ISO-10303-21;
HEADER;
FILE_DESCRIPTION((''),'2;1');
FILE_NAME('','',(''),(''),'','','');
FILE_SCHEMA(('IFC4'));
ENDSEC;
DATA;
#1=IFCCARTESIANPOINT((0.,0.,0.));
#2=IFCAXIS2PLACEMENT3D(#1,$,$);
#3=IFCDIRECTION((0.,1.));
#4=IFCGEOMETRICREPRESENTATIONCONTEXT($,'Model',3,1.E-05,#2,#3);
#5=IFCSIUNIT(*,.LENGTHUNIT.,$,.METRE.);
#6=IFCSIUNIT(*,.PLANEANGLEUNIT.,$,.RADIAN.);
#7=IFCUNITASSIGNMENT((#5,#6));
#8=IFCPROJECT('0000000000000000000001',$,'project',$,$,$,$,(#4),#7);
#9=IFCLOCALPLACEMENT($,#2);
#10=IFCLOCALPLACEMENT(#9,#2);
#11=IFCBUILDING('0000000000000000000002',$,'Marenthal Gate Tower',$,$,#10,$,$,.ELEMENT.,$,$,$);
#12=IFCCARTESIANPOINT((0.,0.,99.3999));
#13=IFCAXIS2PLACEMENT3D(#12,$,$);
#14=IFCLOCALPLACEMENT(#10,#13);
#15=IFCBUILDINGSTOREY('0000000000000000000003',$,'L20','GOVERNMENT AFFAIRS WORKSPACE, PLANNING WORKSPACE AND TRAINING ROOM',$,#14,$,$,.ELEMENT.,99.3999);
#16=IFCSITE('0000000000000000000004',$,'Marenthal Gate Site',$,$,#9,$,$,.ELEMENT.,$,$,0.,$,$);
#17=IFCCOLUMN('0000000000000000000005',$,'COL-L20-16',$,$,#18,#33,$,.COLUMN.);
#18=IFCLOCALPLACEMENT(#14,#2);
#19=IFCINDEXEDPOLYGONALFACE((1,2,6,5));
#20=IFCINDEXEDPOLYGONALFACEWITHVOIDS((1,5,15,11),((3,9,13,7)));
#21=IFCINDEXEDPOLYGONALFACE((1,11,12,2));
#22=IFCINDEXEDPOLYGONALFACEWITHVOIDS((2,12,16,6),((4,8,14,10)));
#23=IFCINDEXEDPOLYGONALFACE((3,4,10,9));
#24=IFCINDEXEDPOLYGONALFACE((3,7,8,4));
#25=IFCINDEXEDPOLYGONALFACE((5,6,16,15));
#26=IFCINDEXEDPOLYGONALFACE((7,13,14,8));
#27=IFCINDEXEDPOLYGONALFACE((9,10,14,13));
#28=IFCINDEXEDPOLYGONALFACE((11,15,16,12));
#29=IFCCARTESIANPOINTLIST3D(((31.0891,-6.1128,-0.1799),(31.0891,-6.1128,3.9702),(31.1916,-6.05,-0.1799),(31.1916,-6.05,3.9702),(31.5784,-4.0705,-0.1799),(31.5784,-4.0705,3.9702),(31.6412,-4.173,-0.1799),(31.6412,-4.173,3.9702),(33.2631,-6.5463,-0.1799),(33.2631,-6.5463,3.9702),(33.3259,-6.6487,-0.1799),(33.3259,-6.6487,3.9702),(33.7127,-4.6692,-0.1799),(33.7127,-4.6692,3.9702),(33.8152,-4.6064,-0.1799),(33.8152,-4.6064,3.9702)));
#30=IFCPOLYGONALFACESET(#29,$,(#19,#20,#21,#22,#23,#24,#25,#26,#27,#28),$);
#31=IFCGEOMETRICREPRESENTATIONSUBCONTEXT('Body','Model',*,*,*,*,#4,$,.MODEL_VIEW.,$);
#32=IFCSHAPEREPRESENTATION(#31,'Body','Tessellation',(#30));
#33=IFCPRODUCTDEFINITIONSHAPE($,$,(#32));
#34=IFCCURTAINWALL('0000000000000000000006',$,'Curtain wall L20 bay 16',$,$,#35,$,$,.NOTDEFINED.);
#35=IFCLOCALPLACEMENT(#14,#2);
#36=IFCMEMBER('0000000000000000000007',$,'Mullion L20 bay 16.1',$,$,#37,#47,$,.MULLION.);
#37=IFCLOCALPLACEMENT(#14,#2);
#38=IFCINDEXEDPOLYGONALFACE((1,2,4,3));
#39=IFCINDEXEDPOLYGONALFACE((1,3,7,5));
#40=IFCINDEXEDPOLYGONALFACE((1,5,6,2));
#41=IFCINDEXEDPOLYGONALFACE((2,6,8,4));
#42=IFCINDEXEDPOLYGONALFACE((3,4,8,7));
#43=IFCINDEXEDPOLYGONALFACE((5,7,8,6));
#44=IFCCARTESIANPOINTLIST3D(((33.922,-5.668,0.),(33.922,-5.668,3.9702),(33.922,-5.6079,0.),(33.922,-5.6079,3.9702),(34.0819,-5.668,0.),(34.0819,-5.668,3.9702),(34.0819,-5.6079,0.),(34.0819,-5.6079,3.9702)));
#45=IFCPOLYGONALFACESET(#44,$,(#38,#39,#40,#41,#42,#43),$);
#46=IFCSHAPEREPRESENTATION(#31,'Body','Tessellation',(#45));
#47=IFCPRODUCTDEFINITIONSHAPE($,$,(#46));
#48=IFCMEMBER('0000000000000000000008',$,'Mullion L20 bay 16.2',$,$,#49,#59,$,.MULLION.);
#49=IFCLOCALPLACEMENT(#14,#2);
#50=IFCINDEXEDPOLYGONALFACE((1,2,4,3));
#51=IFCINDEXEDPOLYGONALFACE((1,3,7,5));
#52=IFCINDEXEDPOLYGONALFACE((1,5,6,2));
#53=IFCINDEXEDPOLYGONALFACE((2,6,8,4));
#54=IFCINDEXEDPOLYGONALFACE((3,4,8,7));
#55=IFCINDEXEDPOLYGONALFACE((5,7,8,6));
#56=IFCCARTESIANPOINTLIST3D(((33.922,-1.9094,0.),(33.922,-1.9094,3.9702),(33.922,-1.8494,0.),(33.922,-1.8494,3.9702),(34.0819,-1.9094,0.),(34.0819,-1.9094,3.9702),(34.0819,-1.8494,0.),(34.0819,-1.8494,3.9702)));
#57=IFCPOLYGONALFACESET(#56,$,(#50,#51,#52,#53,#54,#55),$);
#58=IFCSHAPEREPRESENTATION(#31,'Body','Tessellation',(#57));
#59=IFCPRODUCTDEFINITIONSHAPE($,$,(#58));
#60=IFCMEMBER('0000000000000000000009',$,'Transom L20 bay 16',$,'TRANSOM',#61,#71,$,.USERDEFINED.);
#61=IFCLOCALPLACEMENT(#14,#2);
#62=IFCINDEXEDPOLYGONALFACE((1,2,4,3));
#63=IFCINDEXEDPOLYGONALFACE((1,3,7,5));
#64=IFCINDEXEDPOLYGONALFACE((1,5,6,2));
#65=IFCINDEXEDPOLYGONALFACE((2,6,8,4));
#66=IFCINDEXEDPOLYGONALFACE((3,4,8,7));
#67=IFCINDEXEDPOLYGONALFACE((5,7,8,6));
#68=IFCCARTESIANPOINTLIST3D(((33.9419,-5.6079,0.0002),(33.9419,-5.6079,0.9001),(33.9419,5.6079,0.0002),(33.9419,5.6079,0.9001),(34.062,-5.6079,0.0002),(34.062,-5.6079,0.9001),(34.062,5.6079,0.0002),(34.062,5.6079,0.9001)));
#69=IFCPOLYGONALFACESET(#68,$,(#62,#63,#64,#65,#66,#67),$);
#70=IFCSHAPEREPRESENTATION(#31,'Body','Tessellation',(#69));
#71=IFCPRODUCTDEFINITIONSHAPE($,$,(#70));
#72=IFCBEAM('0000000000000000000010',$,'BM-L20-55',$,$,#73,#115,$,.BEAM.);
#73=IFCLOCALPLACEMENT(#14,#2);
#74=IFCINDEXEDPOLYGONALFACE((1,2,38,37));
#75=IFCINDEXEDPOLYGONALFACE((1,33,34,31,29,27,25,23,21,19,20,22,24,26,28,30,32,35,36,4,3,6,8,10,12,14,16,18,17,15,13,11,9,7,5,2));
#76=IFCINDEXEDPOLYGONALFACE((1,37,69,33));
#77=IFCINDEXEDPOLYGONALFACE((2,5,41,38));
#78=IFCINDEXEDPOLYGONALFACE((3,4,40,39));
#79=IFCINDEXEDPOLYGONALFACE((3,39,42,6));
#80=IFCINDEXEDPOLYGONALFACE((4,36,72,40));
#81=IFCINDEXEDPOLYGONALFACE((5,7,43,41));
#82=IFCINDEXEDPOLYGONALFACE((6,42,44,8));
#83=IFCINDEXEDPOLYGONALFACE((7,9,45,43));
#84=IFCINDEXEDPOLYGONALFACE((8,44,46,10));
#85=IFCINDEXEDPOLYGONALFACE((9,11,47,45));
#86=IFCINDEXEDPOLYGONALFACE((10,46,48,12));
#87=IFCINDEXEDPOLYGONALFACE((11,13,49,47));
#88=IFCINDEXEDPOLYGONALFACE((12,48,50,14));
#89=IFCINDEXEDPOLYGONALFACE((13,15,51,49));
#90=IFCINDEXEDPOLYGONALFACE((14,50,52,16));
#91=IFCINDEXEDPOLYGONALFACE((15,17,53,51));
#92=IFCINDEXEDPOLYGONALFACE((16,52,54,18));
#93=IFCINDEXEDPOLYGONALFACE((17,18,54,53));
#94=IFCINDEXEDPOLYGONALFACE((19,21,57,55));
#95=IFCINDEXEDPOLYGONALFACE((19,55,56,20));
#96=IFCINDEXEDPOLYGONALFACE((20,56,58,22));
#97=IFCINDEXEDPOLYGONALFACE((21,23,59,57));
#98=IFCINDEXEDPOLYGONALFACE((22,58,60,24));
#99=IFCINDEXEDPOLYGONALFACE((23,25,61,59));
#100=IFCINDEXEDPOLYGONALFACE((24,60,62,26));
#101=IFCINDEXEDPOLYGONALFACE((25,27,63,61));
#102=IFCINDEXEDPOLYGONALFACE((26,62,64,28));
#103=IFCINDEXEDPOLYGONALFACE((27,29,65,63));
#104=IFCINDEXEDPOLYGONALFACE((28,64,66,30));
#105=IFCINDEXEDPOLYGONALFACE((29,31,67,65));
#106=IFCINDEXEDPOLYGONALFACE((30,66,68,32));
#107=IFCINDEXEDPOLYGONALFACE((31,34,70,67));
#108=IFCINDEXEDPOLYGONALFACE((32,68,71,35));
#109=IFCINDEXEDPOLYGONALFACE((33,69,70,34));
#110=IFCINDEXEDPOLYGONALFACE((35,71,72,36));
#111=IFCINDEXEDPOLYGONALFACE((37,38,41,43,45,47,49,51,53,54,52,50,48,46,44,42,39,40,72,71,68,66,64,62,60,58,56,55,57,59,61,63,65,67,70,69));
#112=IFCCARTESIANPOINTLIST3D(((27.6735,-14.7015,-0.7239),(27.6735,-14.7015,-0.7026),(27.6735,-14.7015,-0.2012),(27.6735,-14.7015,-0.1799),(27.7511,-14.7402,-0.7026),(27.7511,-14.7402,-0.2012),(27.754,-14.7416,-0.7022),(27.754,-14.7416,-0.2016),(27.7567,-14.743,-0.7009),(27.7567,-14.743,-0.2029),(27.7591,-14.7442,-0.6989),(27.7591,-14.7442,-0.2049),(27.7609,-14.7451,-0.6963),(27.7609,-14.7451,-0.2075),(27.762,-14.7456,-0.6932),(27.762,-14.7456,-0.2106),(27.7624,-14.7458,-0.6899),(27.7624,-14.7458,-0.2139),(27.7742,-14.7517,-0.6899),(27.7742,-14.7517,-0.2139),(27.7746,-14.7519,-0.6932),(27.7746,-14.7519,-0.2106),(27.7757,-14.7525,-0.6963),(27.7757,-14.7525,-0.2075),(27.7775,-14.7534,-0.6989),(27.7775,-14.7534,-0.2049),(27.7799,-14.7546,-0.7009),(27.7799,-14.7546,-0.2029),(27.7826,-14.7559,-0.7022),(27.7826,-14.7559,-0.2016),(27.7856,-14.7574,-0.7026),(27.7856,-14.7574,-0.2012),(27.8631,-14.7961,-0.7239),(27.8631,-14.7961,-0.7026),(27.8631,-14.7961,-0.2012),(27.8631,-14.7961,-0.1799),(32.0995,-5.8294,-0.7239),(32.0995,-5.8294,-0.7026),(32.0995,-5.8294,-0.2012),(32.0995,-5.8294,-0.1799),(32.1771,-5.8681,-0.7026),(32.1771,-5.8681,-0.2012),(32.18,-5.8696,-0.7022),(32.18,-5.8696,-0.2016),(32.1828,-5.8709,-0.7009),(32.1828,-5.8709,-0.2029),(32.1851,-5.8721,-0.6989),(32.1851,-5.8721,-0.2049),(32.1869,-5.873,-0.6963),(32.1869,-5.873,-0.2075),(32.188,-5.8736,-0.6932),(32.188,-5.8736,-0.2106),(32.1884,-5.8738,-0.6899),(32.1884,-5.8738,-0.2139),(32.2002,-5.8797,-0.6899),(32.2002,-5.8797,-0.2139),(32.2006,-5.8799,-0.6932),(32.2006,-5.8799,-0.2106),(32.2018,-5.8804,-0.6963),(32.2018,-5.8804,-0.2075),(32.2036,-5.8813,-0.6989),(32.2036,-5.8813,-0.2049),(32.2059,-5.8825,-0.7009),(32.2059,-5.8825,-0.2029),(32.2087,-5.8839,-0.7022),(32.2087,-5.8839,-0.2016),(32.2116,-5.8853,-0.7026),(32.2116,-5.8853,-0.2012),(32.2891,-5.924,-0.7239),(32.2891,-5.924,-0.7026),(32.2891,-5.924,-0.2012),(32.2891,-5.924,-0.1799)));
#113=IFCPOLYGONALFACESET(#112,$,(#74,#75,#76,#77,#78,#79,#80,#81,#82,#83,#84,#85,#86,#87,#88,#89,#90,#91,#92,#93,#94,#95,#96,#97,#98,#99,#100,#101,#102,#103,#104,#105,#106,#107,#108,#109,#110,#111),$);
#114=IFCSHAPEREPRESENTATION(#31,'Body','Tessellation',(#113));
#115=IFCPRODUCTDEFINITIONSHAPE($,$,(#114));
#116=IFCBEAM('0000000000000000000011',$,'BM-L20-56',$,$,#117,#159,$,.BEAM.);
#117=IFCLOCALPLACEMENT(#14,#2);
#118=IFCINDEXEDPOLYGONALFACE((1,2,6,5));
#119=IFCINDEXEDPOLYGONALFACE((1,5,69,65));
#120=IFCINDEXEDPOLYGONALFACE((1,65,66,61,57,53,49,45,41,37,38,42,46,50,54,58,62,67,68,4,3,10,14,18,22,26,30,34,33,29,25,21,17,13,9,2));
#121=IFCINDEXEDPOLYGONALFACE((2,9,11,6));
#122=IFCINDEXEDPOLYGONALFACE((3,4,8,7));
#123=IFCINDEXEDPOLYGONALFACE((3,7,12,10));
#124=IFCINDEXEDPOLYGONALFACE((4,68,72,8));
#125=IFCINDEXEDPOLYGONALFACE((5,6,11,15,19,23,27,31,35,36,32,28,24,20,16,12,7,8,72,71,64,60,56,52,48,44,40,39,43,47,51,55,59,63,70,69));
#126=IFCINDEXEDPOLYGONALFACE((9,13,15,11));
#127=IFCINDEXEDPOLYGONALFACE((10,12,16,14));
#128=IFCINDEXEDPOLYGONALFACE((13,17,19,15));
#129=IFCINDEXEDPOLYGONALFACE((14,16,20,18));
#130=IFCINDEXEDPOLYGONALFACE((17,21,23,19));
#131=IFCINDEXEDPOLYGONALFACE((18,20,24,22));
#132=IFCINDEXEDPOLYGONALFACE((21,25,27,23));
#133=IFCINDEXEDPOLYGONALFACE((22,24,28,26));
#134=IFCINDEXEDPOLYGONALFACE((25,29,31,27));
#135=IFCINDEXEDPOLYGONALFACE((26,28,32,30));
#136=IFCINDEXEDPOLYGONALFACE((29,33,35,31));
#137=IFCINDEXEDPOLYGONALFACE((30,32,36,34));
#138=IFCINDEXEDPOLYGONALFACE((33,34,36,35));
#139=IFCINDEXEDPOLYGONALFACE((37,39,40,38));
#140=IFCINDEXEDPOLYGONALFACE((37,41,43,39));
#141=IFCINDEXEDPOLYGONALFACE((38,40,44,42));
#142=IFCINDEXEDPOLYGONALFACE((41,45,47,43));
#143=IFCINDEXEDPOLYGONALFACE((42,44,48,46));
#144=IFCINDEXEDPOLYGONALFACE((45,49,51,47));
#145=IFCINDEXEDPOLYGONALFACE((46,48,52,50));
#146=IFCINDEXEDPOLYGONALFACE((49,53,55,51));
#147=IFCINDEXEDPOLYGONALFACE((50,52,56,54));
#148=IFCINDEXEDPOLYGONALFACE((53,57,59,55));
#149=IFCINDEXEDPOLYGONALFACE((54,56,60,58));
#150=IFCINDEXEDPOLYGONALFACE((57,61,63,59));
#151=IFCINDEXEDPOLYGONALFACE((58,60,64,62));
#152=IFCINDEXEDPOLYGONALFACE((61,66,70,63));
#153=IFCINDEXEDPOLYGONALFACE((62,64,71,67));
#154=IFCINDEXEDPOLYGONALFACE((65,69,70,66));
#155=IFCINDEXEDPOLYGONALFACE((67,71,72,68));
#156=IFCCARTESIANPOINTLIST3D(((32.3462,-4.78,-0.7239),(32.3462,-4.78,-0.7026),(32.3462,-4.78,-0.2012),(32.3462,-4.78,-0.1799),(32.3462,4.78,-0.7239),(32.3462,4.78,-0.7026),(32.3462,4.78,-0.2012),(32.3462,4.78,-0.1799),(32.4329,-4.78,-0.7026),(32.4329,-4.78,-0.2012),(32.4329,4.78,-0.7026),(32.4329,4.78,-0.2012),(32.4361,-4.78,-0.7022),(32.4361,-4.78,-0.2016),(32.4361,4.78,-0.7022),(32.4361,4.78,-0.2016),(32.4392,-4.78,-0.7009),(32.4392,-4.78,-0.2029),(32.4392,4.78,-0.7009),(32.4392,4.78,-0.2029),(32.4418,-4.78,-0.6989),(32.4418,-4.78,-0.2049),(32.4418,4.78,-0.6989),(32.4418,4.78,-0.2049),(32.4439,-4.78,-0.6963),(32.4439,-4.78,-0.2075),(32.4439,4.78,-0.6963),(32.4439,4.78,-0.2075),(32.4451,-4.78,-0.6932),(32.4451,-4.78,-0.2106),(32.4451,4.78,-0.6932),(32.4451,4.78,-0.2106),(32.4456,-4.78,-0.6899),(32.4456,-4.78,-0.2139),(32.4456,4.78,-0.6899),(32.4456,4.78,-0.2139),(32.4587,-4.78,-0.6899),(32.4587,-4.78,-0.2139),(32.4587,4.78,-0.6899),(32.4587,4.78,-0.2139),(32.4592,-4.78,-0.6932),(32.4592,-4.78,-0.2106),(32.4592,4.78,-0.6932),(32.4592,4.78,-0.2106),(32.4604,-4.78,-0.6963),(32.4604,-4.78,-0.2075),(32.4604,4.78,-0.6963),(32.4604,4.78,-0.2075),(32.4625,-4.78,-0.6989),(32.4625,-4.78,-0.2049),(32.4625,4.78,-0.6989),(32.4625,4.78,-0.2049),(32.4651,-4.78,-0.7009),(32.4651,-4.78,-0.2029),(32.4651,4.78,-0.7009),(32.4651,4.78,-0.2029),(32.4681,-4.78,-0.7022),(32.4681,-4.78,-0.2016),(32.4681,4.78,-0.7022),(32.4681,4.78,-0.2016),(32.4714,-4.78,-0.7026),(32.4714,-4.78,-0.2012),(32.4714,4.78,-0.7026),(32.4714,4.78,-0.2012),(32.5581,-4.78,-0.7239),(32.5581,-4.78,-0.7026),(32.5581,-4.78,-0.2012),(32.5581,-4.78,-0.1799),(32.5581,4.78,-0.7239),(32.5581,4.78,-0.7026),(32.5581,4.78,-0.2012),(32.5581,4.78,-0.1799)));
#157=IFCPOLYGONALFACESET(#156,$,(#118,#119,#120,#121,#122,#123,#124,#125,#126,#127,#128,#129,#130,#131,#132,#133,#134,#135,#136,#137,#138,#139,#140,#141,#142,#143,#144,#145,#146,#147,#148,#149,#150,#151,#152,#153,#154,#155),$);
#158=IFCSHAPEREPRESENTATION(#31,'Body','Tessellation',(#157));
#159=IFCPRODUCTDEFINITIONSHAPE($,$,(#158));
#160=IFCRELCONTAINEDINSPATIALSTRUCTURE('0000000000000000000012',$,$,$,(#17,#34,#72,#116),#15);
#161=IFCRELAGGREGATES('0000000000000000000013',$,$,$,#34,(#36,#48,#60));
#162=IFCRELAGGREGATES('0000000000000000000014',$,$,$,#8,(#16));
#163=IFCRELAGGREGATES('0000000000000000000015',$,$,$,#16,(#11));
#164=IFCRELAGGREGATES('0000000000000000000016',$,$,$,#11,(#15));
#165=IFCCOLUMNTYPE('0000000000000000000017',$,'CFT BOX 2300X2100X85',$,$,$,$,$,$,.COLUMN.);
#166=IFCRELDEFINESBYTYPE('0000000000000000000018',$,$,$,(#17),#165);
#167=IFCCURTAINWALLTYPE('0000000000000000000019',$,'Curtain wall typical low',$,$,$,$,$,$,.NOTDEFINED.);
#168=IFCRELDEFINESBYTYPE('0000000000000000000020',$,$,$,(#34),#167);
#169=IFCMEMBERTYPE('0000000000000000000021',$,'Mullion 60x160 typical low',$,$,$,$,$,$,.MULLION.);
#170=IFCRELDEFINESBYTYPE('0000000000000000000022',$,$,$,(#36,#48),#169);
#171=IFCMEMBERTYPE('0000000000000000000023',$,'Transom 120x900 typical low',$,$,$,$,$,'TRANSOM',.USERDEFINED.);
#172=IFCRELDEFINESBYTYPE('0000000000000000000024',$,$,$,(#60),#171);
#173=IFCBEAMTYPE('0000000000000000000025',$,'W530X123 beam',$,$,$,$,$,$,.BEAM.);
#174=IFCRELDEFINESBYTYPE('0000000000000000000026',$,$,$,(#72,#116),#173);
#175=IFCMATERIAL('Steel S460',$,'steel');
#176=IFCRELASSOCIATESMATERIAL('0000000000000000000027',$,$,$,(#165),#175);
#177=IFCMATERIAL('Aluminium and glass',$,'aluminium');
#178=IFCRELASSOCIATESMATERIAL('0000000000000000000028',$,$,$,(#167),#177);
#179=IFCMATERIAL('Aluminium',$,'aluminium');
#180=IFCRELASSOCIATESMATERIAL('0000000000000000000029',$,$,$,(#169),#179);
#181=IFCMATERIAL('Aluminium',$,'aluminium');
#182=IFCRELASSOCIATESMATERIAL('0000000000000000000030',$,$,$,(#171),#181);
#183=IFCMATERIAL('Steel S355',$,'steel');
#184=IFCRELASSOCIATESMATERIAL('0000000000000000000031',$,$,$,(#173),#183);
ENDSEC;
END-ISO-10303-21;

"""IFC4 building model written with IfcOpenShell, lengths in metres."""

from ifc_helpers import new_model, si_unit, direction, frame, origin, origin_2d, place, context, subcontext, project, spatial, rectangle, hollow_rectangle, i_section, extrude, material, material_profile, profile_set, type_object, element, aggregate, save


model = new_model("IFC4")

# Units and contexts
model_context = context("Model", 3, precision=1e-05, world=origin(), true_north=direction((0.0, 1.0)))
body_context = subcontext(model_context, "Body", "Model", "MODEL_VIEW")
ifc_project = project(units=[si_unit("LENGTHUNIT", "METRE"), si_unit("PLANEANGLEUNIT", "RADIAN")], contexts=[model_context])

# Site, building, storey
site_placement = place(None, origin())
site = spatial("IfcSite", under=ifc_project, at=site_placement, Name="Marenthal Gate Site", CompositionType="ELEMENT", RefElevation=0.0)
building_placement = place(site_placement, origin())
building = spatial("IfcBuilding", under=site, at=building_placement, Name="Marenthal Gate Tower", CompositionType="ELEMENT")
storey_placement = place(building_placement, frame((0.0, 0.0, 99.3999)))
storey = spatial("IfcBuildingStorey", under=building, at=storey_placement, Name="L20", Description="GOVERNMENT AFFAIRS WORKSPACE, PLANNING WORKSPACE AND TRAINING ROOM", CompositionType="ELEMENT", Elevation=99.3999)

# Column
ifc_material_1 = material(Name="Steel S460", Category="steel")
ifc_material_profile_1 = material_profile(ifc_material_1, hollow_rectangle(XDim=2.1001, YDim=2.3, WallThickness=0.085, at=origin_2d()), Name="CFT BOX 2300X2100X85")
ifc_material_2 = material(Name="Concrete 70 MPa", Category="concrete")
ifc_material_profile_2 = material_profile(ifc_material_2, rectangle(XDim=1.9299, YDim=2.1299, at=origin_2d()), Name="CFT BOX 2300X2100X85 INFILL")
ifc_profile_set_1 = profile_set([ifc_material_profile_1, ifc_material_profile_2], Name="Steel S460 shell, Concrete 70 MPa infill")
column_type = type_object("IfcColumnType", Name="CFT BOX 2300X2100X85", PredefinedType="COLUMN", material=ifc_profile_set_1)
column_placement = place(storey_placement, frame((32.4521, -5.3596, -0.1799), z_axis=(0.0, 0.0, 1.0), x_axis=(-0.232974, -0.972483, 0.0)))
element("IfcColumn", 1, at=column_placement, inside=storey, type_object=column_type, Name="COL-L20-16", PredefinedType="COLUMN", context=body_context, shape_type="SweptSolid", body=[
    extrude(hollow_rectangle(XDim=2.1001, YDim=2.3, WallThickness=0.085, at=origin_2d()), origin(), (0.0, 0.0, 1.0), 4.1501),
])

# Curtain wall, members
ifc_material_3 = material(Name="Aluminium and glass", Category="aluminium")
curtain_wall_type = type_object("IfcCurtainWallType", Name="Curtain wall typical low", PredefinedType="NOTDEFINED", material=ifc_material_3)
curtain_wall_placement = place(storey_placement, origin())
curtain_wall = element("IfcCurtainWall", 2, at=curtain_wall_placement, inside=storey, type_object=curtain_wall_type, Name="Curtain wall L20 bay 16", PredefinedType="NOTDEFINED")
ifc_material_4 = material(Name="Aluminium", Category="aluminium")
ifc_material_profile_3 = material_profile(ifc_material_4, rectangle(XDim=0.1599, YDim=0.0601, at=origin_2d()), Name="60x160 aluminium mullion")
ifc_profile_set_2 = profile_set([ifc_material_profile_3], Name="Aluminium")
member_type_1 = type_object("IfcMemberType", Name="Mullion 60x160 typical low", PredefinedType="MULLION", material=ifc_profile_set_2)
member_1_placement = place(storey_placement, frame((34.002, -5.6379, 0.0), z_axis=(0.0, 0.0, 1.0), x_axis=(-1.0, 0.0, 0.0)))
member_1 = element("IfcMember", 3, at=member_1_placement, type_object=member_type_1, Name="Mullion L20 bay 16.1", PredefinedType="MULLION", context=body_context, shape_type="SweptSolid", body=[
    extrude(rectangle(XDim=0.1599, YDim=0.0601, at=origin_2d()), origin(), (0.0, 0.0, 1.0), 3.9702),
])
member_2_placement = place(storey_placement, frame((34.002, -1.8794, 0.0), z_axis=(0.0, 0.0, 1.0), x_axis=(-1.0, 0.0, 0.0)))
member_2 = element("IfcMember", 4, at=member_2_placement, type_object=member_type_1, Name="Mullion L20 bay 16.2", PredefinedType="MULLION", context=body_context, shape_type="SweptSolid", body=[
    extrude(rectangle(XDim=0.1599, YDim=0.0601, at=origin_2d()), origin(), (0.0, 0.0, 1.0), 3.9702),
])
ifc_material_5 = material(Name="Aluminium", Category="aluminium")
ifc_material_profile_4 = material_profile(ifc_material_5, rectangle(XDim=0.1201, YDim=0.8999, at=origin_2d()), Name="120x900 aluminium transom")
ifc_profile_set_3 = profile_set([ifc_material_profile_4], Name="Aluminium")
member_type_2 = type_object("IfcMemberType", Name="Transom 120x900 typical low", ElementType="TRANSOM", PredefinedType="USERDEFINED", material=ifc_profile_set_3)
member_3_placement = place(storey_placement, frame((34.002, -5.6079, 0.4502), z_axis=(0.0, 1.0, 0.0), x_axis=(-1.0, 0.0, 0.0)))
member_3 = element("IfcMember", 5, at=member_3_placement, type_object=member_type_2, Name="Transom L20 bay 16", ObjectType="TRANSOM", PredefinedType="USERDEFINED", context=body_context, shape_type="SweptSolid", body=[
    extrude(rectangle(XDim=0.1201, YDim=0.8999, at=origin_2d()), origin(), (0.0, 0.0, 1.0), 11.2158),
])

# Beams
ifc_material_6 = material(Name="Steel S355", Category="steel")
ifc_material_profile_5 = material_profile(ifc_material_6, i_section(OverallWidth=0.2119, OverallDepth=0.5439, WebThickness=0.0132, FlangeThickness=0.0212, FilletRadius=0.0127, at=origin_2d()), Name="W530X123")
ifc_profile_set_4 = profile_set([ifc_material_profile_5], Name="Steel S355")
beam_type_1 = type_object("IfcBeamType", Name="W530X123 beam", PredefinedType="BEAM", material=ifc_profile_set_4)
beam_1_placement = place(storey_placement, frame((27.7683, -14.7488, -0.4519), z_axis=(0.446406, 0.894831, 0.0), x_axis=(-0.894831, 0.446406, 0.0)))
element("IfcBeam", 6, at=beam_1_placement, inside=storey, type_object=beam_type_1, Name="BM-L20-55", PredefinedType="BEAM", context=body_context, shape_type="SweptSolid", body=[
    extrude(i_section(OverallWidth=0.2119, OverallDepth=0.5439, WebThickness=0.0132, FlangeThickness=0.0212, FilletRadius=0.0127, at=origin_2d()), origin(), (0.0, 0.0, 1.0), 9.9148),
])
beam_2_placement = place(storey_placement, frame((32.4521, -4.78, -0.4519), z_axis=(0.0, 1.0, 0.0), x_axis=(-1.0, 0.0, 0.0)))
element("IfcBeam", 7, at=beam_2_placement, inside=storey, type_object=beam_type_1, Name="BM-L20-56", PredefinedType="BEAM", context=body_context, shape_type="SweptSolid", body=[
    extrude(i_section(OverallWidth=0.2119, OverallDepth=0.5439, WebThickness=0.0132, FlangeThickness=0.0212, FilletRadius=0.0127, at=origin_2d()), origin(), (0.0, 0.0, 1.0), 9.5601),
])

aggregate(curtain_wall, [member_1, member_2, member_3])

save(model, "model.ifc")
